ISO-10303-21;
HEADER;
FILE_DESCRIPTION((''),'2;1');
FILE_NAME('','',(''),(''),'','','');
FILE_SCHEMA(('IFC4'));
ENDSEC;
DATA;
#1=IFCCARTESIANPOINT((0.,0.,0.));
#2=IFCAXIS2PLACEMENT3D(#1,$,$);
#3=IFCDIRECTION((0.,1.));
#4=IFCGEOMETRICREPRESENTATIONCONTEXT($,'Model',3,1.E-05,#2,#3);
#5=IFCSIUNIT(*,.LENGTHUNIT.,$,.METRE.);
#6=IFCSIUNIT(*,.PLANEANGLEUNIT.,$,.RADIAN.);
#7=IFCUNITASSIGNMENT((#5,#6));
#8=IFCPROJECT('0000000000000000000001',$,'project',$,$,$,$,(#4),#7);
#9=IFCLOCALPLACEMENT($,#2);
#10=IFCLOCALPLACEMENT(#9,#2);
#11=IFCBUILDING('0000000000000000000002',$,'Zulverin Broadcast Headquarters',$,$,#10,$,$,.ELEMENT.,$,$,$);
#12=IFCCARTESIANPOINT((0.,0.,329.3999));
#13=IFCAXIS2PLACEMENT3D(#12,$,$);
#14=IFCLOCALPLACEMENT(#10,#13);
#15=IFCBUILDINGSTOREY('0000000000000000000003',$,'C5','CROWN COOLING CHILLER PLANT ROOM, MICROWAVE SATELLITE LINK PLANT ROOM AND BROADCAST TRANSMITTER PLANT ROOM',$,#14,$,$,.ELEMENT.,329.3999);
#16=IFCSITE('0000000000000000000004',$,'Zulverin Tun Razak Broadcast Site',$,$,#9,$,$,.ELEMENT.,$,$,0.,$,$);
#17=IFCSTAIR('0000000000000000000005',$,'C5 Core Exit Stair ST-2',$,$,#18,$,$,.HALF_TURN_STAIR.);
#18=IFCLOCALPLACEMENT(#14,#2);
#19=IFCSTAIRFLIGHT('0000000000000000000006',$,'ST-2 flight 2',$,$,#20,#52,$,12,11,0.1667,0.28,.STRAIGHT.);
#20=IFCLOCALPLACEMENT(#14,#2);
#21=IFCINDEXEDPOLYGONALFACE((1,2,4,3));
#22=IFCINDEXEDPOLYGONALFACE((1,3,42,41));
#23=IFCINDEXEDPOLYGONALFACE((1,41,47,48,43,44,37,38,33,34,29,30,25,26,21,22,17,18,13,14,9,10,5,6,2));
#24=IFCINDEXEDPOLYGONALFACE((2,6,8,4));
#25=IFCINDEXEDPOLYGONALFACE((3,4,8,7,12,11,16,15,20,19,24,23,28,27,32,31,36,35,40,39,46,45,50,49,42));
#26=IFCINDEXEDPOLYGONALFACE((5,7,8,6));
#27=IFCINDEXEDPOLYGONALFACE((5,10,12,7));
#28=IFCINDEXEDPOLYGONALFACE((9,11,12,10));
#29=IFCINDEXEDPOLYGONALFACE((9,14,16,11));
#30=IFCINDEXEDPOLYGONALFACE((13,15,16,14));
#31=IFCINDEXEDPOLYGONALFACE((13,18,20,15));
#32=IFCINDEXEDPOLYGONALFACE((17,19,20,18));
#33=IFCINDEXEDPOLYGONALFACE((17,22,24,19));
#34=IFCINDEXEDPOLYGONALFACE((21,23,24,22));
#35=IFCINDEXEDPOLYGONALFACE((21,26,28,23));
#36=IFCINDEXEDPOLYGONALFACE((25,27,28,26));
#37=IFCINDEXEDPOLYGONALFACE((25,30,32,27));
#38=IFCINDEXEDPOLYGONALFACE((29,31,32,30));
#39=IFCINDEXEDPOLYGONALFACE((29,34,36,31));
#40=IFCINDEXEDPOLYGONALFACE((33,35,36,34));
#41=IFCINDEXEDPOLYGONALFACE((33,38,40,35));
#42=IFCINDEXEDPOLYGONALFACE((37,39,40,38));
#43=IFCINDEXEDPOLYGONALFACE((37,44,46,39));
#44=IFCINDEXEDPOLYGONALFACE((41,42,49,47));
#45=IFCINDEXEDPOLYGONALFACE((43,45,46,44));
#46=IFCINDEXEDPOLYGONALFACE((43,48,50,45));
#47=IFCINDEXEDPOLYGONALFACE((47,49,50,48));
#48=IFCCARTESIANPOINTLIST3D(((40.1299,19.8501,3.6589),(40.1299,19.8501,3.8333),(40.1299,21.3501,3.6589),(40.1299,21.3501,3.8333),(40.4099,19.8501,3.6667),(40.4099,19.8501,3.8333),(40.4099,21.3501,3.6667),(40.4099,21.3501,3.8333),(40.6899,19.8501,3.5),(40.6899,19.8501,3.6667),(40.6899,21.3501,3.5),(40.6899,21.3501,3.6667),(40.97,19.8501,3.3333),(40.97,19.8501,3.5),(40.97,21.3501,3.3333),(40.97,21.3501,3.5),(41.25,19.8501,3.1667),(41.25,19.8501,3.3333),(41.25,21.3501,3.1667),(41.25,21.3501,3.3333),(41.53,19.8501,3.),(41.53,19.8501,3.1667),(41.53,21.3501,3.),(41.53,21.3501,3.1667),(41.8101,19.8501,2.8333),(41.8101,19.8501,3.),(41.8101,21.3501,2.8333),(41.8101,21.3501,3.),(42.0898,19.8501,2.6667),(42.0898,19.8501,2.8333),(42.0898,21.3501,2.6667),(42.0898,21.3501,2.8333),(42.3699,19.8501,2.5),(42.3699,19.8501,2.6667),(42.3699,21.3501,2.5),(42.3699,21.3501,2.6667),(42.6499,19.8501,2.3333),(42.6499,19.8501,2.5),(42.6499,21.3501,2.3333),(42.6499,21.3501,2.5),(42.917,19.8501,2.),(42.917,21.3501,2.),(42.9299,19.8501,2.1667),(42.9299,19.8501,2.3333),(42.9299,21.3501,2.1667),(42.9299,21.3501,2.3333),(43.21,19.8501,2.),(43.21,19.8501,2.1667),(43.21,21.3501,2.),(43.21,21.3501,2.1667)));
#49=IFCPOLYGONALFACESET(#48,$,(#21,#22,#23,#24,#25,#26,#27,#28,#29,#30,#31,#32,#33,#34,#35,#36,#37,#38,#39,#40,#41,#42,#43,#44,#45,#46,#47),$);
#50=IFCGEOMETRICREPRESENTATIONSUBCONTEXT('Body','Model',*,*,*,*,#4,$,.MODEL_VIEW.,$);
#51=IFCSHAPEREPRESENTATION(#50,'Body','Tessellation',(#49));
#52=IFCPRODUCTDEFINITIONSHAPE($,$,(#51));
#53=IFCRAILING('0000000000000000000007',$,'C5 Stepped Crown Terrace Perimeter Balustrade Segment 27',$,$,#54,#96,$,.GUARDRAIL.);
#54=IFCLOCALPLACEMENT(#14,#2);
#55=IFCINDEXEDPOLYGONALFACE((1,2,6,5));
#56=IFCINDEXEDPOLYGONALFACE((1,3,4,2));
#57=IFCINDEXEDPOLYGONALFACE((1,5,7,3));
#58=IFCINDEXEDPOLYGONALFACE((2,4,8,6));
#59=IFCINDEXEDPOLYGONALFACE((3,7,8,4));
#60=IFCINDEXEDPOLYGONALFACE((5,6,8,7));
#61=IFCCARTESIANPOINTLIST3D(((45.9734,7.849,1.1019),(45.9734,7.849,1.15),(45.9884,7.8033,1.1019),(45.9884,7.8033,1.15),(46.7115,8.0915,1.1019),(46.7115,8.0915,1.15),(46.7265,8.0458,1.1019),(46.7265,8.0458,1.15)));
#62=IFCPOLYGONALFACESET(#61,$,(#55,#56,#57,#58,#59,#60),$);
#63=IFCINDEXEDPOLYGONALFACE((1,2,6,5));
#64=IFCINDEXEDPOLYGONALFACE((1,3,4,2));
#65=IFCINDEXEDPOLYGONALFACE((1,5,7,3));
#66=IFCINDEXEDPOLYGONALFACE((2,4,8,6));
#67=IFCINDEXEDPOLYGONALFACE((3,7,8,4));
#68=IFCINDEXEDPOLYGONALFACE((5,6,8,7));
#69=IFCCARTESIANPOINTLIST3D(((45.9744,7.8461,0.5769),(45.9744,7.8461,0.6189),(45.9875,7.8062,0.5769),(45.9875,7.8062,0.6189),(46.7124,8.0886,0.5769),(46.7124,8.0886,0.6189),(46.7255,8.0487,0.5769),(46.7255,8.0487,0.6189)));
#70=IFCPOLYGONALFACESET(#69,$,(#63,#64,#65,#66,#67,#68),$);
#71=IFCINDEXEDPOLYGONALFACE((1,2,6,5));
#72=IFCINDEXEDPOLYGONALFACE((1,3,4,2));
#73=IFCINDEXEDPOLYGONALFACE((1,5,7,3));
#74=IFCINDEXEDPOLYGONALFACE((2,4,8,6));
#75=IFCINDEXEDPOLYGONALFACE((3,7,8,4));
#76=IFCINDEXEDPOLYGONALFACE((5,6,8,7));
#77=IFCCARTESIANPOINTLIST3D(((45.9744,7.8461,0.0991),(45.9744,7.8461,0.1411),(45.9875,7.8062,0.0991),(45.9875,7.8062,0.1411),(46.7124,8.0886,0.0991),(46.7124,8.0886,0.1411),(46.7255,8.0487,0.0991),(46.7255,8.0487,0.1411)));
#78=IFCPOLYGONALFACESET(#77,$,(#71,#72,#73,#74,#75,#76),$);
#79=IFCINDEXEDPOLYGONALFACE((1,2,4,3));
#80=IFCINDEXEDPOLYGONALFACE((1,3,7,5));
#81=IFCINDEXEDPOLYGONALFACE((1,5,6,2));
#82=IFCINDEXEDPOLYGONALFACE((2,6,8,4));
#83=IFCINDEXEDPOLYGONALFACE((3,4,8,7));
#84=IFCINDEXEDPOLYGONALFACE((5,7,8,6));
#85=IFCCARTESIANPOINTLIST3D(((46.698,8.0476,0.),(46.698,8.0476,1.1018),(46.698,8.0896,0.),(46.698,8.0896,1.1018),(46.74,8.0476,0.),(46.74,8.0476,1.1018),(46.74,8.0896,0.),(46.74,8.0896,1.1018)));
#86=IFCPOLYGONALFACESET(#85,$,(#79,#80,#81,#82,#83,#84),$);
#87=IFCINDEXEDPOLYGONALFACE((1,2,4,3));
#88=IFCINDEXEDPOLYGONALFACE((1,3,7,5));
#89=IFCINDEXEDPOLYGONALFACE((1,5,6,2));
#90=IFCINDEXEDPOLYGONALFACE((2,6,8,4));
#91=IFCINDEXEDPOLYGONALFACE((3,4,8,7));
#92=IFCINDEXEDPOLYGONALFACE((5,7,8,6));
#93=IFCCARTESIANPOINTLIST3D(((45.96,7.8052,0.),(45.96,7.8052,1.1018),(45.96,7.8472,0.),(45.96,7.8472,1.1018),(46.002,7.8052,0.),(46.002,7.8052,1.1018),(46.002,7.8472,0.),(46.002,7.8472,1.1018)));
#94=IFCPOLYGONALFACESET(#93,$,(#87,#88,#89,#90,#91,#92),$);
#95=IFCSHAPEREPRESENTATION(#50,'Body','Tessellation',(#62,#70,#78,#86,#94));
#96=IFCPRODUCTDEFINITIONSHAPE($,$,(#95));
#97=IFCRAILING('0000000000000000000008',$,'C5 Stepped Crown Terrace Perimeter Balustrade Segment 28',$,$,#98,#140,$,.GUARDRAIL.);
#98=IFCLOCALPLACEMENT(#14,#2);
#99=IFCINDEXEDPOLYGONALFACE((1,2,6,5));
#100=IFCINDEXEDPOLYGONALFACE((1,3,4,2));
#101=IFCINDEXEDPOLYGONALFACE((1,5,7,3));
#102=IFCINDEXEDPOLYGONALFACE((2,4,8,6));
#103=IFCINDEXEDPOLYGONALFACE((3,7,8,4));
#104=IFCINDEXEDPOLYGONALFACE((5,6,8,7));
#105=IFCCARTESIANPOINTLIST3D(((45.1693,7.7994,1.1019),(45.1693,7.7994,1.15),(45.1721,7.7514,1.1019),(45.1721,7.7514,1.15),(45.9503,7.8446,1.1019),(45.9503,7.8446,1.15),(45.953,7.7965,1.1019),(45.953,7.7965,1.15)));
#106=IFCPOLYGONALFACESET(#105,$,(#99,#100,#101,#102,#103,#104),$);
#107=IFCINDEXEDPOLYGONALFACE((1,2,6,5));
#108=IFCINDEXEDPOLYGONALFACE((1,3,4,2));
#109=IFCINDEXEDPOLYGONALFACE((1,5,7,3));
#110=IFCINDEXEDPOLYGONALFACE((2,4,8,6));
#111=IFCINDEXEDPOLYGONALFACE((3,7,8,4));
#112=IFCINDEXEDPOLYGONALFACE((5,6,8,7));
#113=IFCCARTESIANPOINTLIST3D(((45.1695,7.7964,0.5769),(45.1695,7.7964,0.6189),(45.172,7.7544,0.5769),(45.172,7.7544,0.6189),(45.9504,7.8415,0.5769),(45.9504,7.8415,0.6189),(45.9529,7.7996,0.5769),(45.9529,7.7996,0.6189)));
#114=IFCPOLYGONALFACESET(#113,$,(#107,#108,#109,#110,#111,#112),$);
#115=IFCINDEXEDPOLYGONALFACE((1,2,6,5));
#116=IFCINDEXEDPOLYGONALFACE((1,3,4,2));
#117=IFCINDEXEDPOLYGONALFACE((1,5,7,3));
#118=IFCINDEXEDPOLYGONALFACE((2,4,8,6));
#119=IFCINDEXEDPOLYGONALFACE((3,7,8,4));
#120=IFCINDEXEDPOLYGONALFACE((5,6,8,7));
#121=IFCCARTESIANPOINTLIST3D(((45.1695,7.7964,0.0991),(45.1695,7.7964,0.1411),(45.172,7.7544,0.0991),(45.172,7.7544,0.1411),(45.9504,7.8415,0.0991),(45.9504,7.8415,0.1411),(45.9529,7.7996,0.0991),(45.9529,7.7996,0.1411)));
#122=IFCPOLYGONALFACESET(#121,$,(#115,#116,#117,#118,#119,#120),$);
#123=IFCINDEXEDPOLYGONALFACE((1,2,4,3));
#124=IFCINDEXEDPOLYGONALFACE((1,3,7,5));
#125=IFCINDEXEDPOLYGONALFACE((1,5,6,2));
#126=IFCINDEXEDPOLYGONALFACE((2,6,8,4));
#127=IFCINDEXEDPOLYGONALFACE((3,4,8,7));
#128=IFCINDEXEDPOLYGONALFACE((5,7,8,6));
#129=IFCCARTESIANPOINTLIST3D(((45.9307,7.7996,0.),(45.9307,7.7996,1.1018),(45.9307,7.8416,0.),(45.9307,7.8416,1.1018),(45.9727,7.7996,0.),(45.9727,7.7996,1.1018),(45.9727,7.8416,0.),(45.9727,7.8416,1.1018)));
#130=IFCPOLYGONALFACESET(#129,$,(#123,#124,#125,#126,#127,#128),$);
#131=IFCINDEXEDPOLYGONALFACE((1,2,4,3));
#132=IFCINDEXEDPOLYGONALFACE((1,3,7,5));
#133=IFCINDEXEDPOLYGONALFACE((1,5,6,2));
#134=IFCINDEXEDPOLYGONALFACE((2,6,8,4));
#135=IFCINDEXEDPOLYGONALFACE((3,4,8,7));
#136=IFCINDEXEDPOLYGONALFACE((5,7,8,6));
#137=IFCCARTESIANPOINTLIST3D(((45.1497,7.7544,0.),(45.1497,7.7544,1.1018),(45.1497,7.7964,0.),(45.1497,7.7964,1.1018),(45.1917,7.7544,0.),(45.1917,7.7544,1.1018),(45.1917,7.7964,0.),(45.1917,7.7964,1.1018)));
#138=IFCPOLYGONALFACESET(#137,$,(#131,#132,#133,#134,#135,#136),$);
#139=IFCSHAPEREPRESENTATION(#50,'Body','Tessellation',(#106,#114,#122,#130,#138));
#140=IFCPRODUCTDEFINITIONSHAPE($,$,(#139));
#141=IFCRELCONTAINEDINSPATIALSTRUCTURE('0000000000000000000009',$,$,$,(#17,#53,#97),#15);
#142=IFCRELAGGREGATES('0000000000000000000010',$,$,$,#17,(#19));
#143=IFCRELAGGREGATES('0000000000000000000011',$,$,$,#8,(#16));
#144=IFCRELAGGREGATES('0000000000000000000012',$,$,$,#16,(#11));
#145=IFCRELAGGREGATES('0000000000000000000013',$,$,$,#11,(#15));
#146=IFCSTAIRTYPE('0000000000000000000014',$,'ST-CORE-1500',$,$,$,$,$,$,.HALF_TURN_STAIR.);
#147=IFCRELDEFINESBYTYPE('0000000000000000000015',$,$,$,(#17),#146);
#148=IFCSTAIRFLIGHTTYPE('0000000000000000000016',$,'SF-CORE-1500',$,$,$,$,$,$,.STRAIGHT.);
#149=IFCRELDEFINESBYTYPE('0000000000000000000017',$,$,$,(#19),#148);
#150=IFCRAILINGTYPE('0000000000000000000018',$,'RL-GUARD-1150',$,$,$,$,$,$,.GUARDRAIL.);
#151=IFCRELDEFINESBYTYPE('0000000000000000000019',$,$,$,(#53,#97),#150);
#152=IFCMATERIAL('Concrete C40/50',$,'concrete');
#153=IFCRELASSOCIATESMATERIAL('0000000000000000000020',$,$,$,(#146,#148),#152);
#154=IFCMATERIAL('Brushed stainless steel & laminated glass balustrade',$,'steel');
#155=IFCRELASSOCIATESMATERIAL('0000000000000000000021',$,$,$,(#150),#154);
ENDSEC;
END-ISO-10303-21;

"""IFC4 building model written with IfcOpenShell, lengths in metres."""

from ifc_helpers import new_model, si_unit, direction, frame, origin, origin_2d, place, context, subcontext, project, spatial, polyline, rectangle, outline, extrude, material, type_object, element, aggregate, save


model = new_model("IFC4")

# Units and contexts
model_context = context("Model", 3, precision=1e-05, world=origin(), true_north=direction((0.0, 1.0)))
body_context = subcontext(model_context, "Body", "Model", "MODEL_VIEW")
ifc_project = project(units=[si_unit("LENGTHUNIT", "METRE"), si_unit("PLANEANGLEUNIT", "RADIAN")], contexts=[model_context])

# Site, building, storey
site_placement = place(None, origin())
site = spatial("IfcSite", under=ifc_project, at=site_placement, Name="Zulverin Tun Razak Broadcast Site", CompositionType="ELEMENT", RefElevation=0.0)
building_placement = place(site_placement, origin())
building = spatial("IfcBuilding", under=site, at=building_placement, Name="Zulverin Broadcast Headquarters", CompositionType="ELEMENT")
storey_placement = place(building_placement, frame((0.0, 0.0, 329.3999)))
storey = spatial("IfcBuildingStorey", under=building, at=storey_placement, Name="C5", Description="CROWN COOLING CHILLER PLANT ROOM, MICROWAVE SATELLITE LINK PLANT ROOM AND BROADCAST TRANSMITTER PLANT ROOM", CompositionType="ELEMENT", Elevation=329.3999)

# Shared definitions
ifc_material_1 = material(Name="Concrete C40/50", Category="concrete")

# Stair, stair flight
stair_type = type_object("IfcStairType", Name="ST-CORE-1500", PredefinedType="HALF_TURN_STAIR", material=ifc_material_1)
stair_placement = place(storey_placement, origin())
stair = element("IfcStair", 1, at=stair_placement, inside=storey, type_object=stair_type, Name="C5 Core Exit Stair ST-2", PredefinedType="HALF_TURN_STAIR")
stair_flight_type = type_object("IfcStairFlightType", Name="SF-CORE-1500", PredefinedType="STRAIGHT", material=ifc_material_1)
stair_flight_1_placement = place(storey_placement, frame((43.21, 20.6001, 2.0), z_axis=(0.0, 0.0, 1.0), x_axis=(-1.0, 0.0, 0.0)))
stair_flight_1 = element("IfcStairFlight", 2, at=stair_flight_1_placement, type_object=stair_flight_type, Name="ST-2 flight 2", NumberOfRisers=12, NumberOfTreads=11, PredefinedType="STRAIGHT", RiserHeight=0.1667, TreadLength=0.28, context=body_context, shape_type="SweptSolid", body=[
    extrude(outline(polyline([(0.0, 0.0), (0.0, 0.1667), (0.28, 0.1667), (0.28, 0.3333), (0.5601, 0.3333), (0.5601, 0.5), (0.8401, 0.5), (0.8401, 0.6667), (1.1201, 0.6667), (1.1201, 0.8333), (1.3999, 0.8333), (1.3999, 1.0), (1.6799, 1.0), (1.6799, 1.1667), (1.96, 1.1667), (1.96, 1.3333), (2.24, 1.3333), (2.24, 1.5), (2.52, 1.5), (2.52, 1.6667), (2.8, 1.6667), (2.8, 1.8333), (3.0801, 1.8333), (3.0801, 2.0), (3.0801, 1.6589), (0.293, 0.0), (0.0, 0.0)])), frame((0.0, 0.75, 0.0), z_axis=(0.0, -1.0, 0.0), x_axis=(1.0, 0.0, 0.0)), (0.0, 0.0, 1.0), 1.5),
])
aggregate(stair, [stair_flight_1])

# Railings
ifc_material_2 = material(Name="Brushed stainless steel & laminated glass balustrade", Category="steel")
railing_type_1 = type_object("IfcRailingType", Name="RL-GUARD-1150", PredefinedType="GUARDRAIL", material=ifc_material_2)
railing_1_placement = place(storey_placement, frame((46.719, 8.0686, 0.0)))
element("IfcRailing", 3, at=railing_1_placement, inside=storey, type_object=railing_type_1, Name="C5 Stepped Crown Terrace Perimeter Balustrade Segment 27", PredefinedType="GUARDRAIL", context=body_context, shape_type="SweptSolid", body=[
    extrude(rectangle(XDim=0.0481, YDim=0.0481, at=origin_2d()), frame((0.0, 0.0, 1.126), z_axis=(-0.950057, -0.312076, 0.0), x_axis=(0.312076, -0.950057, 0.0)), (0.0, 0.0, 1.0), 0.7769),
    extrude(rectangle(XDim=0.042, YDim=0.042, at=origin_2d()), frame((0.0, 0.0, 0.5979), z_axis=(-0.950057, -0.312076, 0.0), x_axis=(0.312076, -0.950057, 0.0)), (0.0, 0.0, 1.0), 0.7769),
    extrude(rectangle(XDim=0.042, YDim=0.042, at=origin_2d()), frame((0.0, 0.0, 0.1201), z_axis=(-0.950057, -0.312076, 0.0), x_axis=(0.312076, -0.950057, 0.0)), (0.0, 0.0, 1.0), 0.7769),
    extrude(rectangle(XDim=0.042, YDim=0.042, at=origin_2d()), origin(), (0.0, 0.0, 1.0), 1.1018),
    extrude(rectangle(XDim=0.042, YDim=0.042, at=origin_2d()), frame((-0.738, -0.2424, 0.0)), (0.0, 0.0, 1.0), 1.1018),
])
railing_2_placement = place(storey_placement, frame((45.9517, 7.8206, 0.0)))
element("IfcRailing", 4, at=railing_2_placement, inside=storey, type_object=railing_type_1, Name="C5 Stepped Crown Terrace Perimeter Balustrade Segment 28", PredefinedType="GUARDRAIL", context=body_context, shape_type="SweptSolid", body=[
    extrude(rectangle(XDim=0.0481, YDim=0.0481, at=origin_2d()), frame((0.0, 0.0, 1.126), z_axis=(-0.998332, -0.057734, 0.0), x_axis=(0.057734, -0.998332, 0.0)), (0.0, 0.0, 1.0), 0.7822),
    extrude(rectangle(XDim=0.042, YDim=0.042, at=origin_2d()), frame((0.0, 0.0, 0.5979), z_axis=(-0.998332, -0.057734, 0.0), x_axis=(0.057734, -0.998332, 0.0)), (0.0, 0.0, 1.0), 0.7822),
    extrude(rectangle(XDim=0.042, YDim=0.042, at=origin_2d()), frame((0.0, 0.0, 0.1201), z_axis=(-0.998332, -0.057734, 0.0), x_axis=(0.057734, -0.998332, 0.0)), (0.0, 0.0, 1.0), 0.7822),
    extrude(rectangle(XDim=0.042, YDim=0.042, at=origin_2d()), origin(), (0.0, 0.0, 1.0), 1.1018),
    extrude(rectangle(XDim=0.042, YDim=0.042, at=origin_2d()), frame((-0.781, -0.0452, 0.0)), (0.0, 0.0, 1.0), 1.1018),
])

save(model, "model.ifc")
